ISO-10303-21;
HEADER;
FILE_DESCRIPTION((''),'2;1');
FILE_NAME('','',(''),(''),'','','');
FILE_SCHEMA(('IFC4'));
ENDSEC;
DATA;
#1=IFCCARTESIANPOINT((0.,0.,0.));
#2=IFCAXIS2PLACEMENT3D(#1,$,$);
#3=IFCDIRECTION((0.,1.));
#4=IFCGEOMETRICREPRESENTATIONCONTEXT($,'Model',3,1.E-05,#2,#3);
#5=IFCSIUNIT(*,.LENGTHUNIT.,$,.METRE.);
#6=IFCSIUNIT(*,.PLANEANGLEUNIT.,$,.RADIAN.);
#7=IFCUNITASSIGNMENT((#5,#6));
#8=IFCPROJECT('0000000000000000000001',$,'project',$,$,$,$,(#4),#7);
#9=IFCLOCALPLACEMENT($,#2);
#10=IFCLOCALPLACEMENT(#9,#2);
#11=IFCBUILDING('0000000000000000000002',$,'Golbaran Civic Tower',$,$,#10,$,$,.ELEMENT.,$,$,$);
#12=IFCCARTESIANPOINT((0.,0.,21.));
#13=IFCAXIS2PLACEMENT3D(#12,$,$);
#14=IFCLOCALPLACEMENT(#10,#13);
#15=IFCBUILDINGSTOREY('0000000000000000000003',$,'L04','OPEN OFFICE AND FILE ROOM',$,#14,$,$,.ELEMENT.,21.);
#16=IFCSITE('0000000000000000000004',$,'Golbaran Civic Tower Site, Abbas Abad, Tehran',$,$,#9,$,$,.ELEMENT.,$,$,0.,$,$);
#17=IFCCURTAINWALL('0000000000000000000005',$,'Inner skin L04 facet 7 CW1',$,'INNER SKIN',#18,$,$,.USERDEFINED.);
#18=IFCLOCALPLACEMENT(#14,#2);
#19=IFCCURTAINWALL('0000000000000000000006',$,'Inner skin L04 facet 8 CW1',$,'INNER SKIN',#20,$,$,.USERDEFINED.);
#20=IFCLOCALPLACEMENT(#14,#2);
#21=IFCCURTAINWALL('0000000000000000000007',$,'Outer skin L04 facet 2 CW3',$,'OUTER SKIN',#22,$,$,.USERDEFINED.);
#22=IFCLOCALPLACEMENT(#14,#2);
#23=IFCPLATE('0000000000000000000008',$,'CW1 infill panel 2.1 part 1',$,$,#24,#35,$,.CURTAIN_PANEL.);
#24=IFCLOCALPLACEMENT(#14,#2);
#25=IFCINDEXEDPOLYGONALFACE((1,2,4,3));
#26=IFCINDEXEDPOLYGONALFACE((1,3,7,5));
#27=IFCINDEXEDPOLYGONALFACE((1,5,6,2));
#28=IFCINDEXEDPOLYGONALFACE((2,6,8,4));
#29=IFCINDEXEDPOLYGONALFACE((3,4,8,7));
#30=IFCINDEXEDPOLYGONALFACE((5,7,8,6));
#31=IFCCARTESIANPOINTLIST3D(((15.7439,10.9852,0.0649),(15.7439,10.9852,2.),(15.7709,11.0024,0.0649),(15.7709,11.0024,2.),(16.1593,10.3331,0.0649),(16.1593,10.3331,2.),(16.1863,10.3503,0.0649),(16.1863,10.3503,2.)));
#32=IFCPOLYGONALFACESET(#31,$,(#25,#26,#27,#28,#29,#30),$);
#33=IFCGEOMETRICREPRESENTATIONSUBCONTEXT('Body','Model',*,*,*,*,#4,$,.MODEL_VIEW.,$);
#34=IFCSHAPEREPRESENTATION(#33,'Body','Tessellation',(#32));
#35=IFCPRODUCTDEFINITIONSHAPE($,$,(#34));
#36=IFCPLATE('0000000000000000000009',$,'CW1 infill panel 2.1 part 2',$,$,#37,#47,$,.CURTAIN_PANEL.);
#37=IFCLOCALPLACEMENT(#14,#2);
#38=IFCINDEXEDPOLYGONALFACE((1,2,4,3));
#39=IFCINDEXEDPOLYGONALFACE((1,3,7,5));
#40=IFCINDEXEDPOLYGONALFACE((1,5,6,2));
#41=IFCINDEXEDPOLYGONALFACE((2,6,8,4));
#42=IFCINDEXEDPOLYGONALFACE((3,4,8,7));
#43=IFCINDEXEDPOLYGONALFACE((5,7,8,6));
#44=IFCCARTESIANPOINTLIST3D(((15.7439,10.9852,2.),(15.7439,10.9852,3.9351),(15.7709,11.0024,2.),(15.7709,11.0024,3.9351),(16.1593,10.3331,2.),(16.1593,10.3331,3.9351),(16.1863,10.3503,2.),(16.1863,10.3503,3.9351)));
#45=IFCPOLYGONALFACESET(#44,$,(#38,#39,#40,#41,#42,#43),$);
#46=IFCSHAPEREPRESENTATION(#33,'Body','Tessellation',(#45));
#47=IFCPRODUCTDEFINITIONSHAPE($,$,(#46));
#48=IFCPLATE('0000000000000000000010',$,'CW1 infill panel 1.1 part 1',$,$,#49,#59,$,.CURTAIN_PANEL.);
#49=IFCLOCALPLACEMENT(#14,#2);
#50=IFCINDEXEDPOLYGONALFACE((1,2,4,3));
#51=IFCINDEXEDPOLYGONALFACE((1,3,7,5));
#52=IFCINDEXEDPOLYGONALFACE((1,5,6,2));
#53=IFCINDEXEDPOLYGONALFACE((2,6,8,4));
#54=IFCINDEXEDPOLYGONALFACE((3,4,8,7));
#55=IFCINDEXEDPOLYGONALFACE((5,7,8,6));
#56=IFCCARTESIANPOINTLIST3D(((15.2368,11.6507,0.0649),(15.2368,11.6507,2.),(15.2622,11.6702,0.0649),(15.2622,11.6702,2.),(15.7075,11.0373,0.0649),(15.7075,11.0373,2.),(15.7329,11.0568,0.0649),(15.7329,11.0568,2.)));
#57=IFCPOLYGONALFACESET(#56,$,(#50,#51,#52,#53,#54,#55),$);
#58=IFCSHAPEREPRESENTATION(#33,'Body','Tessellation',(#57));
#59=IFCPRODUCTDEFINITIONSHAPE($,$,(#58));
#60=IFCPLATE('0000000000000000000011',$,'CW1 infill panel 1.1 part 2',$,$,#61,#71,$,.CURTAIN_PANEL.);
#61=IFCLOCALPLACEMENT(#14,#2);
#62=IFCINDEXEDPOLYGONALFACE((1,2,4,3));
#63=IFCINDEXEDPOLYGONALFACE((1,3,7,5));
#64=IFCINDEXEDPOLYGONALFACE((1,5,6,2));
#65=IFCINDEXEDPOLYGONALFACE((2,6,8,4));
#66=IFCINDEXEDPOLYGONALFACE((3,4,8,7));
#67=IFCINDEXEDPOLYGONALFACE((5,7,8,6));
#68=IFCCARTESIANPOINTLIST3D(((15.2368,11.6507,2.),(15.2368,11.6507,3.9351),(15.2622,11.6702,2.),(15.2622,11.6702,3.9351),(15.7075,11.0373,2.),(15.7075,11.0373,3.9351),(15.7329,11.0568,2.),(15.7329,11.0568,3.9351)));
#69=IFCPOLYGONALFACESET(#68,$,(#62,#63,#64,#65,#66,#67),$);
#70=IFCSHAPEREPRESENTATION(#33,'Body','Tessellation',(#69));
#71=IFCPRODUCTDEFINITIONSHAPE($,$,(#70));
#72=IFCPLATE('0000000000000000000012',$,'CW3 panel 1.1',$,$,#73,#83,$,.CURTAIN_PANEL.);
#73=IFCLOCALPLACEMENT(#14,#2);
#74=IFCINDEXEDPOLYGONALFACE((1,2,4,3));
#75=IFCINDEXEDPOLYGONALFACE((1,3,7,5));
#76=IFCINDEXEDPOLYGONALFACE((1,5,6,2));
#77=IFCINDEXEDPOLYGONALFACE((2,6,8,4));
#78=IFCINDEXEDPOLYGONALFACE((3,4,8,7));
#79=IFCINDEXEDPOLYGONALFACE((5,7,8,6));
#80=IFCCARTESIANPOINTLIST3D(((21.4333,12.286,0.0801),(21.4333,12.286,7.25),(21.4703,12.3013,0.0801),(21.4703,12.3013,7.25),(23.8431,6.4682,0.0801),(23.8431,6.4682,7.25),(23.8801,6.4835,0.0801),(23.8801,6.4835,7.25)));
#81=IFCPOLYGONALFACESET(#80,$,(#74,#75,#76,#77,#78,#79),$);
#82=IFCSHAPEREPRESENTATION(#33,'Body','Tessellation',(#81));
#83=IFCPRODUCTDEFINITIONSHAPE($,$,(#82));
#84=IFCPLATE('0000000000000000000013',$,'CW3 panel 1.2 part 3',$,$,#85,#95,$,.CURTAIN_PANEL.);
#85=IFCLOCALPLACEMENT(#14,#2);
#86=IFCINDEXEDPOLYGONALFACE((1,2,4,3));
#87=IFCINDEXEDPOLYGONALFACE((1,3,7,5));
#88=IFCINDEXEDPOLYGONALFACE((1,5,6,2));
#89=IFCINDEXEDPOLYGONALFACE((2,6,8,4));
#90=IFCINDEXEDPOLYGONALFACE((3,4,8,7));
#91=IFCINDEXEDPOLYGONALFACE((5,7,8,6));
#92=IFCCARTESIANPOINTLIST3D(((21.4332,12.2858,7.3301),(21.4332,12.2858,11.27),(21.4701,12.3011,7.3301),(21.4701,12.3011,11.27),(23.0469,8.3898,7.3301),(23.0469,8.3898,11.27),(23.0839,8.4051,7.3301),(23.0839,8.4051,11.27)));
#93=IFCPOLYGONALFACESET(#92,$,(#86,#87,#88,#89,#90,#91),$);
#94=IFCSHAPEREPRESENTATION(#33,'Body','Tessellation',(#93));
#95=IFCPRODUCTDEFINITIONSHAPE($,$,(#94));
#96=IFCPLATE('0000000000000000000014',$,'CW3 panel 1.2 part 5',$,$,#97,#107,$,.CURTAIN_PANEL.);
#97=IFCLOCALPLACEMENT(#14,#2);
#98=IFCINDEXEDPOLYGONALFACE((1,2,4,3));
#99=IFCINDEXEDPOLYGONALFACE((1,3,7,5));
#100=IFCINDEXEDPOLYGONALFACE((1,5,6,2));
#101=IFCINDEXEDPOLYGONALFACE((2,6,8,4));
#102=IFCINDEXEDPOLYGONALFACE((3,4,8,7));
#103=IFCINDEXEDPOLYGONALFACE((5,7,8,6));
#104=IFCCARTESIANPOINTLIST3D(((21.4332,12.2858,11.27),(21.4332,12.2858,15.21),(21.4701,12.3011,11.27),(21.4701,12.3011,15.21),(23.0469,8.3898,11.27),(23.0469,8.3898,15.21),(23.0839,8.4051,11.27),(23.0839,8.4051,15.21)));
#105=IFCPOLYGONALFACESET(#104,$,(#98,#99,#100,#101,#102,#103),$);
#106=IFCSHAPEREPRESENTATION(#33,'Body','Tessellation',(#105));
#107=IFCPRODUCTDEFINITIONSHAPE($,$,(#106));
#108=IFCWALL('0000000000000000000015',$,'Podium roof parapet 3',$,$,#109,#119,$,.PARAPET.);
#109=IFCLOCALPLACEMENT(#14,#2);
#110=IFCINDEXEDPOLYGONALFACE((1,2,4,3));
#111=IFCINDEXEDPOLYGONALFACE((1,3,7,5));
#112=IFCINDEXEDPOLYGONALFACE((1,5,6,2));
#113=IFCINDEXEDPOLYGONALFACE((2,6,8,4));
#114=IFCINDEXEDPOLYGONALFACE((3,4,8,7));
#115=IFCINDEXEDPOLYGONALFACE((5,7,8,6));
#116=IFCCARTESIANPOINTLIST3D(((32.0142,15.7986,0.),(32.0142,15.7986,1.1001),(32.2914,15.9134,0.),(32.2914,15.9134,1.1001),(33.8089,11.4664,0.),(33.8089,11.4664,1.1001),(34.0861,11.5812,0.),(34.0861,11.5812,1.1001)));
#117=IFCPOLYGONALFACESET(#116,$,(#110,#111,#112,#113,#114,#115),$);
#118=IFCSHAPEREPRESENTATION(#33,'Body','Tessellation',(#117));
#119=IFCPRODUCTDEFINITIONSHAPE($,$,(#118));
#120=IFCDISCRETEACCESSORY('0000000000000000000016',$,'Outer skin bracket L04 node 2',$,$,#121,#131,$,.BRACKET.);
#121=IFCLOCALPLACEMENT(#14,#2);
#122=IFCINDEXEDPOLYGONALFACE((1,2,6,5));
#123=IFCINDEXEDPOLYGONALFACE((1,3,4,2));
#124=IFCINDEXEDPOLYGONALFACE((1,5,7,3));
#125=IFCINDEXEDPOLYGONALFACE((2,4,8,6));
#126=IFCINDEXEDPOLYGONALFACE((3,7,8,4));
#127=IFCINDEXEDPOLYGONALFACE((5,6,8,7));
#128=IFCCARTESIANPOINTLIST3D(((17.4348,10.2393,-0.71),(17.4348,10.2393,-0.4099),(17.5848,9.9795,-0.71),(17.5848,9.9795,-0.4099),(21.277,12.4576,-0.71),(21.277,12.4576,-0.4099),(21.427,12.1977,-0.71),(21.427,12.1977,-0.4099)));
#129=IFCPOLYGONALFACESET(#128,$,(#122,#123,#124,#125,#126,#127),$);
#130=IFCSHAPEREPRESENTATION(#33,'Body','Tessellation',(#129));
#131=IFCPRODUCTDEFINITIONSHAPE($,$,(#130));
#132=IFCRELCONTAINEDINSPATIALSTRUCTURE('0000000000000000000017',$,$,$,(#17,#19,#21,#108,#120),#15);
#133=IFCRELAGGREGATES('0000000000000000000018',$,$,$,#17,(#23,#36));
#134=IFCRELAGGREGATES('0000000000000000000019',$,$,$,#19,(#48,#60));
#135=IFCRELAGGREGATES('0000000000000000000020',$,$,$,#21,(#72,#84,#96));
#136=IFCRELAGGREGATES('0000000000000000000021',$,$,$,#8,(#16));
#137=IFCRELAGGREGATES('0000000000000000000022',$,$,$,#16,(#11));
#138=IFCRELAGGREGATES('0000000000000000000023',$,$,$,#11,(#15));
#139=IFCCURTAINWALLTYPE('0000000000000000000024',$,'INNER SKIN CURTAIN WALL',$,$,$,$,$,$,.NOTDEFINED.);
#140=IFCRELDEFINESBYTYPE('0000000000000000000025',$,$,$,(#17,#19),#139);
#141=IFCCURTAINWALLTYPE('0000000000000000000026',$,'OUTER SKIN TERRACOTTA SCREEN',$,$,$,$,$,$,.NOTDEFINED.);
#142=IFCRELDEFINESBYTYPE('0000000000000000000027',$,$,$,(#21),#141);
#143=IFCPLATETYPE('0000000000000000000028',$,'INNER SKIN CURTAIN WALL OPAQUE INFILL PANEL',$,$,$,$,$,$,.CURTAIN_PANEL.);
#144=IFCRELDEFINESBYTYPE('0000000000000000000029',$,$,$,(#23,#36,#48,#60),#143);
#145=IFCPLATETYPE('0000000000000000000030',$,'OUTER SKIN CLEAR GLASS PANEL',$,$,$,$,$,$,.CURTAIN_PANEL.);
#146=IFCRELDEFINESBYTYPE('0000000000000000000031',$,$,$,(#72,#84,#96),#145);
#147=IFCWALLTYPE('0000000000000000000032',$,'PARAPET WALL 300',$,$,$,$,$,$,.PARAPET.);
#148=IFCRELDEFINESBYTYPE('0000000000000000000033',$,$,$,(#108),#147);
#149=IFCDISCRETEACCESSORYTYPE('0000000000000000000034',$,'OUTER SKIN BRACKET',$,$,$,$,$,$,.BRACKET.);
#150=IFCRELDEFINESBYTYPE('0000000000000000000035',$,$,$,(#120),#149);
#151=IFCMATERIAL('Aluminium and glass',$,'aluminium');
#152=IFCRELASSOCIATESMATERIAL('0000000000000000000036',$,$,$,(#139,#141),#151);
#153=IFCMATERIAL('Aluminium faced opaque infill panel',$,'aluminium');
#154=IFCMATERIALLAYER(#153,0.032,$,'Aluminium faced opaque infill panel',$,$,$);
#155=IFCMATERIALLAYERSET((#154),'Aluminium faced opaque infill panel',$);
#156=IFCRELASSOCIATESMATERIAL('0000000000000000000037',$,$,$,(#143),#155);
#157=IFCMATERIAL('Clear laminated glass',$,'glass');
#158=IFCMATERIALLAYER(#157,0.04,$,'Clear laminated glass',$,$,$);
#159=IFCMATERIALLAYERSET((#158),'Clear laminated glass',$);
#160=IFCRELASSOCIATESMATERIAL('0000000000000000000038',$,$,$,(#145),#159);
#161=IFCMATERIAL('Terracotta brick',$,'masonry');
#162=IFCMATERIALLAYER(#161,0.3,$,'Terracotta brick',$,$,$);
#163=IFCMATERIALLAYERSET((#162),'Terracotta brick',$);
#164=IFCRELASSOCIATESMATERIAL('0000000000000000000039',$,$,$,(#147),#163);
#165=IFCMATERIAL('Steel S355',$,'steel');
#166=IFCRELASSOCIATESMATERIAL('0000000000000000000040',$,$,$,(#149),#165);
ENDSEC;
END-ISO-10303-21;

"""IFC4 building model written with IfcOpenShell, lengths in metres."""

from ifc_helpers import new_model, si_unit, direction, frame, frame_2d, origin, origin_2d, place, context, subcontext, project, spatial, rectangle, extrude, material, layer, layer_set, type_object, element, aggregate, save


model = new_model("IFC4")

# Units and contexts
model_context = context("Model", 3, precision=1e-05, world=origin(), true_north=direction((0.0, 1.0)))
body_context = subcontext(model_context, "Body", "Model", "MODEL_VIEW")
ifc_project = project(units=[si_unit("LENGTHUNIT", "METRE"), si_unit("PLANEANGLEUNIT", "RADIAN")], contexts=[model_context])

# Site, building, storey
site_placement = place(None, origin())
site = spatial("IfcSite", under=ifc_project, at=site_placement, Name="Golbaran Civic Tower Site, Abbas Abad, Tehran", CompositionType="ELEMENT", RefElevation=0.0)
building_placement = place(site_placement, origin())
building = spatial("IfcBuilding", under=site, at=building_placement, Name="Golbaran Civic Tower", CompositionType="ELEMENT")
storey_placement = place(building_placement, frame((0.0, 0.0, 21.0)))
storey = spatial("IfcBuildingStorey", under=building, at=storey_placement, Name="L04", Description="OPEN OFFICE AND FILE ROOM", CompositionType="ELEMENT", Elevation=21.0)

# Shared definitions
ifc_material_1 = material(Name="Steel S355", Category="steel")

# Curtain walls
ifc_material_2 = material(Name="Aluminium and glass", Category="aluminium")
curtain_wall_type_1 = type_object("IfcCurtainWallType", Name="INNER SKIN CURTAIN WALL", PredefinedType="NOTDEFINED", material=ifc_material_2)
curtain_wall_1_placement = place(storey_placement, origin())
curtain_wall_1 = element("IfcCurtainWall", 1, at=curtain_wall_1_placement, inside=storey, type_object=curtain_wall_type_1, Name="Inner skin L04 facet 7 CW1", ObjectType="INNER SKIN", PredefinedType="USERDEFINED")
curtain_wall_2_placement = place(storey_placement, origin())
curtain_wall_2 = element("IfcCurtainWall", 2, at=curtain_wall_2_placement, inside=storey, type_object=curtain_wall_type_1, Name="Inner skin L04 facet 8 CW1", ObjectType="INNER SKIN", PredefinedType="USERDEFINED")

# Curtain wall
curtain_wall_type_2 = type_object("IfcCurtainWallType", Name="OUTER SKIN TERRACOTTA SCREEN", PredefinedType="NOTDEFINED", material=ifc_material_2)
curtain_wall_3_placement = place(storey_placement, origin())
curtain_wall_3 = element("IfcCurtainWall", 3, at=curtain_wall_3_placement, inside=storey, type_object=curtain_wall_type_2, Name="Outer skin L04 facet 2 CW3", ObjectType="OUTER SKIN", PredefinedType="USERDEFINED")

# Plates
ifc_material_3 = material(Name="Aluminium faced opaque infill panel", Category="aluminium")
ifc_layer_1 = layer(ifc_material_3, 0.032, Name="Aluminium faced opaque infill panel")
ifc_layer_set_1 = layer_set([ifc_layer_1], Name="Aluminium faced opaque infill panel")
plate_type_1 = type_object("IfcPlateType", Name="INNER SKIN CURTAIN WALL OPAQUE INFILL PANEL", PredefinedType="CURTAIN_PANEL", material=ifc_layer_set_1)
plate_1_placement = place(storey_placement, frame((15.9651, 10.6677, 0.0649), z_axis=(0.0, 0.0, 1.0), x_axis=(-0.5373, 0.843391, 0.0)))
plate_1 = element("IfcPlate", 4, at=plate_1_placement, type_object=plate_type_1, Name="CW1 infill panel 2.1 part 1", PredefinedType="CURTAIN_PANEL", context=body_context, shape_type="SweptSolid", body=[
    extrude(rectangle(XDim=0.7732, YDim=0.032, at=origin_2d()), origin(), (0.0, 0.0, 1.0), 1.9351),
])
plate_2_placement = place(storey_placement, frame((15.9651, 10.6677, 2.0), z_axis=(0.0, 0.0, 1.0), x_axis=(-0.5373, 0.843391, 0.0)))
plate_2 = element("IfcPlate", 5, at=plate_2_placement, type_object=plate_type_1, Name="CW1 infill panel 2.1 part 2", PredefinedType="CURTAIN_PANEL", context=body_context, shape_type="SweptSolid", body=[
    extrude(rectangle(XDim=0.7732, YDim=0.032, at=origin_2d()), origin(), (0.0, 0.0, 1.0), 1.9351),
])
aggregate(curtain_wall_1, [plate_1, plate_2])
plate_3_placement = place(storey_placement, frame((15.4849, 11.3538, 0.0649), z_axis=(0.0, 0.0, 1.0), x_axis=(-0.608761, 0.793353, 0.0)))
plate_3 = element("IfcPlate", 6, at=plate_3_placement, type_object=plate_type_1, Name="CW1 infill panel 1.1 part 1", PredefinedType="CURTAIN_PANEL", context=body_context, shape_type="SweptSolid", body=[
    extrude(rectangle(XDim=0.7732, YDim=0.032, at=origin_2d()), origin(), (0.0, 0.0, 1.0), 1.9351),
])
plate_4_placement = place(storey_placement, frame((15.4849, 11.3538, 2.0), z_axis=(0.0, 0.0, 1.0), x_axis=(-0.608761, 0.793353, 0.0)))
plate_4 = element("IfcPlate", 7, at=plate_4_placement, type_object=plate_type_1, Name="CW1 infill panel 1.1 part 2", PredefinedType="CURTAIN_PANEL", context=body_context, shape_type="SweptSolid", body=[
    extrude(rectangle(XDim=0.7732, YDim=0.032, at=origin_2d()), origin(), (0.0, 0.0, 1.0), 1.9351),
])
aggregate(curtain_wall_2, [plate_3, plate_4])
ifc_material_4 = material(Name="Clear laminated glass", Category="glass")
ifc_layer_2 = layer(ifc_material_4, 0.04, Name="Clear laminated glass")
ifc_layer_set_2 = layer_set([ifc_layer_2], Name="Clear laminated glass")
plate_type_2 = type_object("IfcPlateType", Name="OUTER SKIN CLEAR GLASS PANEL", PredefinedType="CURTAIN_PANEL", material=ifc_layer_set_2)
plate_5_placement = place(storey_placement, frame((22.6567, 9.3848, 0.0801), z_axis=(0.0, 0.0, 1.0), x_axis=(-0.382683, 0.92388, 0.0)))
plate_5 = element("IfcPlate", 8, at=plate_5_placement, type_object=plate_type_2, Name="CW3 panel 1.1", PredefinedType="CURTAIN_PANEL", context=body_context, shape_type="SweptSolid", body=[
    extrude(rectangle(XDim=6.2971, YDim=0.04, at=origin_2d()), origin(), (0.0, 0.0, 1.0), 7.1699),
])
plate_6_placement = place(storey_placement, frame((22.2585, 10.3455, 7.3301), z_axis=(0.0, 0.0, 1.0), x_axis=(-0.382683, 0.92388, 0.0)))
plate_6 = element("IfcPlate", 9, at=plate_6_placement, type_object=plate_type_2, Name="CW3 panel 1.2 part 3", PredefinedType="CURTAIN_PANEL", context=body_context, shape_type="SweptSolid", body=[
    extrude(rectangle(XDim=4.217, YDim=0.04, at=origin_2d()), origin(), (0.0, 0.0, 1.0), 3.9399),
])
plate_7_placement = place(storey_placement, frame((22.2585, 10.3455, 11.27), z_axis=(0.0, 0.0, 1.0), x_axis=(-0.382683, 0.92388, 0.0)))
plate_7 = element("IfcPlate", 10, at=plate_7_placement, type_object=plate_type_2, Name="CW3 panel 1.2 part 5", PredefinedType="CURTAIN_PANEL", context=body_context, shape_type="SweptSolid", body=[
    extrude(rectangle(XDim=4.217, YDim=0.04, at=origin_2d()), origin(), (0.0, 0.0, 1.0), 3.9399),
])
aggregate(curtain_wall_3, [plate_5, plate_6, plate_7])

# Wall
ifc_material_5 = material(Name="Terracotta brick", Category="masonry")
ifc_layer_3 = layer(ifc_material_5, 0.3, Name="Terracotta brick")
ifc_layer_set_3 = layer_set([ifc_layer_3], Name="Terracotta brick")
wall_type = type_object("IfcWallType", Name="PARAPET WALL 300", PredefinedType="PARAPET", material=ifc_layer_set_3)
wall_placement = place(storey_placement, frame((33.9475, 11.5237, 0.0), z_axis=(0.0, 0.0, 1.0), x_axis=(-0.382718, 0.923865, 0.0)))
element("IfcWall", 11, at=wall_placement, inside=storey, type_object=wall_type, Name="Podium roof parapet 3", PredefinedType="PARAPET", context=body_context, shape_type="SweptSolid", body=[
    extrude(rectangle(XDim=4.6892, YDim=0.3, at=frame_2d((2.3447, 0.0))), origin(), (0.0, 0.0, 1.0), 1.1001),
])

# Discrete accessory
discrete_accessory_type = type_object("IfcDiscreteAccessoryType", Name="OUTER SKIN BRACKET", PredefinedType="BRACKET", material=ifc_material_1)
discrete_accessory_placement = place(storey_placement, frame((19.4309, 11.2185, -0.71), z_axis=(0.0, 0.0, 1.0), x_axis=(0.866025, 0.5, 0.0)))
element("IfcDiscreteAccessory", 12, at=discrete_accessory_placement, inside=storey, type_object=discrete_accessory_type, Name="Outer skin bracket L04 node 2", PredefinedType="BRACKET", context=body_context, shape_type="SweptSolid", body=[
    extrude(rectangle(XDim=4.4365, YDim=0.3, at=origin_2d()), origin(), (0.0, 0.0, 1.0), 0.3),
])

save(model, "model.ifc")
